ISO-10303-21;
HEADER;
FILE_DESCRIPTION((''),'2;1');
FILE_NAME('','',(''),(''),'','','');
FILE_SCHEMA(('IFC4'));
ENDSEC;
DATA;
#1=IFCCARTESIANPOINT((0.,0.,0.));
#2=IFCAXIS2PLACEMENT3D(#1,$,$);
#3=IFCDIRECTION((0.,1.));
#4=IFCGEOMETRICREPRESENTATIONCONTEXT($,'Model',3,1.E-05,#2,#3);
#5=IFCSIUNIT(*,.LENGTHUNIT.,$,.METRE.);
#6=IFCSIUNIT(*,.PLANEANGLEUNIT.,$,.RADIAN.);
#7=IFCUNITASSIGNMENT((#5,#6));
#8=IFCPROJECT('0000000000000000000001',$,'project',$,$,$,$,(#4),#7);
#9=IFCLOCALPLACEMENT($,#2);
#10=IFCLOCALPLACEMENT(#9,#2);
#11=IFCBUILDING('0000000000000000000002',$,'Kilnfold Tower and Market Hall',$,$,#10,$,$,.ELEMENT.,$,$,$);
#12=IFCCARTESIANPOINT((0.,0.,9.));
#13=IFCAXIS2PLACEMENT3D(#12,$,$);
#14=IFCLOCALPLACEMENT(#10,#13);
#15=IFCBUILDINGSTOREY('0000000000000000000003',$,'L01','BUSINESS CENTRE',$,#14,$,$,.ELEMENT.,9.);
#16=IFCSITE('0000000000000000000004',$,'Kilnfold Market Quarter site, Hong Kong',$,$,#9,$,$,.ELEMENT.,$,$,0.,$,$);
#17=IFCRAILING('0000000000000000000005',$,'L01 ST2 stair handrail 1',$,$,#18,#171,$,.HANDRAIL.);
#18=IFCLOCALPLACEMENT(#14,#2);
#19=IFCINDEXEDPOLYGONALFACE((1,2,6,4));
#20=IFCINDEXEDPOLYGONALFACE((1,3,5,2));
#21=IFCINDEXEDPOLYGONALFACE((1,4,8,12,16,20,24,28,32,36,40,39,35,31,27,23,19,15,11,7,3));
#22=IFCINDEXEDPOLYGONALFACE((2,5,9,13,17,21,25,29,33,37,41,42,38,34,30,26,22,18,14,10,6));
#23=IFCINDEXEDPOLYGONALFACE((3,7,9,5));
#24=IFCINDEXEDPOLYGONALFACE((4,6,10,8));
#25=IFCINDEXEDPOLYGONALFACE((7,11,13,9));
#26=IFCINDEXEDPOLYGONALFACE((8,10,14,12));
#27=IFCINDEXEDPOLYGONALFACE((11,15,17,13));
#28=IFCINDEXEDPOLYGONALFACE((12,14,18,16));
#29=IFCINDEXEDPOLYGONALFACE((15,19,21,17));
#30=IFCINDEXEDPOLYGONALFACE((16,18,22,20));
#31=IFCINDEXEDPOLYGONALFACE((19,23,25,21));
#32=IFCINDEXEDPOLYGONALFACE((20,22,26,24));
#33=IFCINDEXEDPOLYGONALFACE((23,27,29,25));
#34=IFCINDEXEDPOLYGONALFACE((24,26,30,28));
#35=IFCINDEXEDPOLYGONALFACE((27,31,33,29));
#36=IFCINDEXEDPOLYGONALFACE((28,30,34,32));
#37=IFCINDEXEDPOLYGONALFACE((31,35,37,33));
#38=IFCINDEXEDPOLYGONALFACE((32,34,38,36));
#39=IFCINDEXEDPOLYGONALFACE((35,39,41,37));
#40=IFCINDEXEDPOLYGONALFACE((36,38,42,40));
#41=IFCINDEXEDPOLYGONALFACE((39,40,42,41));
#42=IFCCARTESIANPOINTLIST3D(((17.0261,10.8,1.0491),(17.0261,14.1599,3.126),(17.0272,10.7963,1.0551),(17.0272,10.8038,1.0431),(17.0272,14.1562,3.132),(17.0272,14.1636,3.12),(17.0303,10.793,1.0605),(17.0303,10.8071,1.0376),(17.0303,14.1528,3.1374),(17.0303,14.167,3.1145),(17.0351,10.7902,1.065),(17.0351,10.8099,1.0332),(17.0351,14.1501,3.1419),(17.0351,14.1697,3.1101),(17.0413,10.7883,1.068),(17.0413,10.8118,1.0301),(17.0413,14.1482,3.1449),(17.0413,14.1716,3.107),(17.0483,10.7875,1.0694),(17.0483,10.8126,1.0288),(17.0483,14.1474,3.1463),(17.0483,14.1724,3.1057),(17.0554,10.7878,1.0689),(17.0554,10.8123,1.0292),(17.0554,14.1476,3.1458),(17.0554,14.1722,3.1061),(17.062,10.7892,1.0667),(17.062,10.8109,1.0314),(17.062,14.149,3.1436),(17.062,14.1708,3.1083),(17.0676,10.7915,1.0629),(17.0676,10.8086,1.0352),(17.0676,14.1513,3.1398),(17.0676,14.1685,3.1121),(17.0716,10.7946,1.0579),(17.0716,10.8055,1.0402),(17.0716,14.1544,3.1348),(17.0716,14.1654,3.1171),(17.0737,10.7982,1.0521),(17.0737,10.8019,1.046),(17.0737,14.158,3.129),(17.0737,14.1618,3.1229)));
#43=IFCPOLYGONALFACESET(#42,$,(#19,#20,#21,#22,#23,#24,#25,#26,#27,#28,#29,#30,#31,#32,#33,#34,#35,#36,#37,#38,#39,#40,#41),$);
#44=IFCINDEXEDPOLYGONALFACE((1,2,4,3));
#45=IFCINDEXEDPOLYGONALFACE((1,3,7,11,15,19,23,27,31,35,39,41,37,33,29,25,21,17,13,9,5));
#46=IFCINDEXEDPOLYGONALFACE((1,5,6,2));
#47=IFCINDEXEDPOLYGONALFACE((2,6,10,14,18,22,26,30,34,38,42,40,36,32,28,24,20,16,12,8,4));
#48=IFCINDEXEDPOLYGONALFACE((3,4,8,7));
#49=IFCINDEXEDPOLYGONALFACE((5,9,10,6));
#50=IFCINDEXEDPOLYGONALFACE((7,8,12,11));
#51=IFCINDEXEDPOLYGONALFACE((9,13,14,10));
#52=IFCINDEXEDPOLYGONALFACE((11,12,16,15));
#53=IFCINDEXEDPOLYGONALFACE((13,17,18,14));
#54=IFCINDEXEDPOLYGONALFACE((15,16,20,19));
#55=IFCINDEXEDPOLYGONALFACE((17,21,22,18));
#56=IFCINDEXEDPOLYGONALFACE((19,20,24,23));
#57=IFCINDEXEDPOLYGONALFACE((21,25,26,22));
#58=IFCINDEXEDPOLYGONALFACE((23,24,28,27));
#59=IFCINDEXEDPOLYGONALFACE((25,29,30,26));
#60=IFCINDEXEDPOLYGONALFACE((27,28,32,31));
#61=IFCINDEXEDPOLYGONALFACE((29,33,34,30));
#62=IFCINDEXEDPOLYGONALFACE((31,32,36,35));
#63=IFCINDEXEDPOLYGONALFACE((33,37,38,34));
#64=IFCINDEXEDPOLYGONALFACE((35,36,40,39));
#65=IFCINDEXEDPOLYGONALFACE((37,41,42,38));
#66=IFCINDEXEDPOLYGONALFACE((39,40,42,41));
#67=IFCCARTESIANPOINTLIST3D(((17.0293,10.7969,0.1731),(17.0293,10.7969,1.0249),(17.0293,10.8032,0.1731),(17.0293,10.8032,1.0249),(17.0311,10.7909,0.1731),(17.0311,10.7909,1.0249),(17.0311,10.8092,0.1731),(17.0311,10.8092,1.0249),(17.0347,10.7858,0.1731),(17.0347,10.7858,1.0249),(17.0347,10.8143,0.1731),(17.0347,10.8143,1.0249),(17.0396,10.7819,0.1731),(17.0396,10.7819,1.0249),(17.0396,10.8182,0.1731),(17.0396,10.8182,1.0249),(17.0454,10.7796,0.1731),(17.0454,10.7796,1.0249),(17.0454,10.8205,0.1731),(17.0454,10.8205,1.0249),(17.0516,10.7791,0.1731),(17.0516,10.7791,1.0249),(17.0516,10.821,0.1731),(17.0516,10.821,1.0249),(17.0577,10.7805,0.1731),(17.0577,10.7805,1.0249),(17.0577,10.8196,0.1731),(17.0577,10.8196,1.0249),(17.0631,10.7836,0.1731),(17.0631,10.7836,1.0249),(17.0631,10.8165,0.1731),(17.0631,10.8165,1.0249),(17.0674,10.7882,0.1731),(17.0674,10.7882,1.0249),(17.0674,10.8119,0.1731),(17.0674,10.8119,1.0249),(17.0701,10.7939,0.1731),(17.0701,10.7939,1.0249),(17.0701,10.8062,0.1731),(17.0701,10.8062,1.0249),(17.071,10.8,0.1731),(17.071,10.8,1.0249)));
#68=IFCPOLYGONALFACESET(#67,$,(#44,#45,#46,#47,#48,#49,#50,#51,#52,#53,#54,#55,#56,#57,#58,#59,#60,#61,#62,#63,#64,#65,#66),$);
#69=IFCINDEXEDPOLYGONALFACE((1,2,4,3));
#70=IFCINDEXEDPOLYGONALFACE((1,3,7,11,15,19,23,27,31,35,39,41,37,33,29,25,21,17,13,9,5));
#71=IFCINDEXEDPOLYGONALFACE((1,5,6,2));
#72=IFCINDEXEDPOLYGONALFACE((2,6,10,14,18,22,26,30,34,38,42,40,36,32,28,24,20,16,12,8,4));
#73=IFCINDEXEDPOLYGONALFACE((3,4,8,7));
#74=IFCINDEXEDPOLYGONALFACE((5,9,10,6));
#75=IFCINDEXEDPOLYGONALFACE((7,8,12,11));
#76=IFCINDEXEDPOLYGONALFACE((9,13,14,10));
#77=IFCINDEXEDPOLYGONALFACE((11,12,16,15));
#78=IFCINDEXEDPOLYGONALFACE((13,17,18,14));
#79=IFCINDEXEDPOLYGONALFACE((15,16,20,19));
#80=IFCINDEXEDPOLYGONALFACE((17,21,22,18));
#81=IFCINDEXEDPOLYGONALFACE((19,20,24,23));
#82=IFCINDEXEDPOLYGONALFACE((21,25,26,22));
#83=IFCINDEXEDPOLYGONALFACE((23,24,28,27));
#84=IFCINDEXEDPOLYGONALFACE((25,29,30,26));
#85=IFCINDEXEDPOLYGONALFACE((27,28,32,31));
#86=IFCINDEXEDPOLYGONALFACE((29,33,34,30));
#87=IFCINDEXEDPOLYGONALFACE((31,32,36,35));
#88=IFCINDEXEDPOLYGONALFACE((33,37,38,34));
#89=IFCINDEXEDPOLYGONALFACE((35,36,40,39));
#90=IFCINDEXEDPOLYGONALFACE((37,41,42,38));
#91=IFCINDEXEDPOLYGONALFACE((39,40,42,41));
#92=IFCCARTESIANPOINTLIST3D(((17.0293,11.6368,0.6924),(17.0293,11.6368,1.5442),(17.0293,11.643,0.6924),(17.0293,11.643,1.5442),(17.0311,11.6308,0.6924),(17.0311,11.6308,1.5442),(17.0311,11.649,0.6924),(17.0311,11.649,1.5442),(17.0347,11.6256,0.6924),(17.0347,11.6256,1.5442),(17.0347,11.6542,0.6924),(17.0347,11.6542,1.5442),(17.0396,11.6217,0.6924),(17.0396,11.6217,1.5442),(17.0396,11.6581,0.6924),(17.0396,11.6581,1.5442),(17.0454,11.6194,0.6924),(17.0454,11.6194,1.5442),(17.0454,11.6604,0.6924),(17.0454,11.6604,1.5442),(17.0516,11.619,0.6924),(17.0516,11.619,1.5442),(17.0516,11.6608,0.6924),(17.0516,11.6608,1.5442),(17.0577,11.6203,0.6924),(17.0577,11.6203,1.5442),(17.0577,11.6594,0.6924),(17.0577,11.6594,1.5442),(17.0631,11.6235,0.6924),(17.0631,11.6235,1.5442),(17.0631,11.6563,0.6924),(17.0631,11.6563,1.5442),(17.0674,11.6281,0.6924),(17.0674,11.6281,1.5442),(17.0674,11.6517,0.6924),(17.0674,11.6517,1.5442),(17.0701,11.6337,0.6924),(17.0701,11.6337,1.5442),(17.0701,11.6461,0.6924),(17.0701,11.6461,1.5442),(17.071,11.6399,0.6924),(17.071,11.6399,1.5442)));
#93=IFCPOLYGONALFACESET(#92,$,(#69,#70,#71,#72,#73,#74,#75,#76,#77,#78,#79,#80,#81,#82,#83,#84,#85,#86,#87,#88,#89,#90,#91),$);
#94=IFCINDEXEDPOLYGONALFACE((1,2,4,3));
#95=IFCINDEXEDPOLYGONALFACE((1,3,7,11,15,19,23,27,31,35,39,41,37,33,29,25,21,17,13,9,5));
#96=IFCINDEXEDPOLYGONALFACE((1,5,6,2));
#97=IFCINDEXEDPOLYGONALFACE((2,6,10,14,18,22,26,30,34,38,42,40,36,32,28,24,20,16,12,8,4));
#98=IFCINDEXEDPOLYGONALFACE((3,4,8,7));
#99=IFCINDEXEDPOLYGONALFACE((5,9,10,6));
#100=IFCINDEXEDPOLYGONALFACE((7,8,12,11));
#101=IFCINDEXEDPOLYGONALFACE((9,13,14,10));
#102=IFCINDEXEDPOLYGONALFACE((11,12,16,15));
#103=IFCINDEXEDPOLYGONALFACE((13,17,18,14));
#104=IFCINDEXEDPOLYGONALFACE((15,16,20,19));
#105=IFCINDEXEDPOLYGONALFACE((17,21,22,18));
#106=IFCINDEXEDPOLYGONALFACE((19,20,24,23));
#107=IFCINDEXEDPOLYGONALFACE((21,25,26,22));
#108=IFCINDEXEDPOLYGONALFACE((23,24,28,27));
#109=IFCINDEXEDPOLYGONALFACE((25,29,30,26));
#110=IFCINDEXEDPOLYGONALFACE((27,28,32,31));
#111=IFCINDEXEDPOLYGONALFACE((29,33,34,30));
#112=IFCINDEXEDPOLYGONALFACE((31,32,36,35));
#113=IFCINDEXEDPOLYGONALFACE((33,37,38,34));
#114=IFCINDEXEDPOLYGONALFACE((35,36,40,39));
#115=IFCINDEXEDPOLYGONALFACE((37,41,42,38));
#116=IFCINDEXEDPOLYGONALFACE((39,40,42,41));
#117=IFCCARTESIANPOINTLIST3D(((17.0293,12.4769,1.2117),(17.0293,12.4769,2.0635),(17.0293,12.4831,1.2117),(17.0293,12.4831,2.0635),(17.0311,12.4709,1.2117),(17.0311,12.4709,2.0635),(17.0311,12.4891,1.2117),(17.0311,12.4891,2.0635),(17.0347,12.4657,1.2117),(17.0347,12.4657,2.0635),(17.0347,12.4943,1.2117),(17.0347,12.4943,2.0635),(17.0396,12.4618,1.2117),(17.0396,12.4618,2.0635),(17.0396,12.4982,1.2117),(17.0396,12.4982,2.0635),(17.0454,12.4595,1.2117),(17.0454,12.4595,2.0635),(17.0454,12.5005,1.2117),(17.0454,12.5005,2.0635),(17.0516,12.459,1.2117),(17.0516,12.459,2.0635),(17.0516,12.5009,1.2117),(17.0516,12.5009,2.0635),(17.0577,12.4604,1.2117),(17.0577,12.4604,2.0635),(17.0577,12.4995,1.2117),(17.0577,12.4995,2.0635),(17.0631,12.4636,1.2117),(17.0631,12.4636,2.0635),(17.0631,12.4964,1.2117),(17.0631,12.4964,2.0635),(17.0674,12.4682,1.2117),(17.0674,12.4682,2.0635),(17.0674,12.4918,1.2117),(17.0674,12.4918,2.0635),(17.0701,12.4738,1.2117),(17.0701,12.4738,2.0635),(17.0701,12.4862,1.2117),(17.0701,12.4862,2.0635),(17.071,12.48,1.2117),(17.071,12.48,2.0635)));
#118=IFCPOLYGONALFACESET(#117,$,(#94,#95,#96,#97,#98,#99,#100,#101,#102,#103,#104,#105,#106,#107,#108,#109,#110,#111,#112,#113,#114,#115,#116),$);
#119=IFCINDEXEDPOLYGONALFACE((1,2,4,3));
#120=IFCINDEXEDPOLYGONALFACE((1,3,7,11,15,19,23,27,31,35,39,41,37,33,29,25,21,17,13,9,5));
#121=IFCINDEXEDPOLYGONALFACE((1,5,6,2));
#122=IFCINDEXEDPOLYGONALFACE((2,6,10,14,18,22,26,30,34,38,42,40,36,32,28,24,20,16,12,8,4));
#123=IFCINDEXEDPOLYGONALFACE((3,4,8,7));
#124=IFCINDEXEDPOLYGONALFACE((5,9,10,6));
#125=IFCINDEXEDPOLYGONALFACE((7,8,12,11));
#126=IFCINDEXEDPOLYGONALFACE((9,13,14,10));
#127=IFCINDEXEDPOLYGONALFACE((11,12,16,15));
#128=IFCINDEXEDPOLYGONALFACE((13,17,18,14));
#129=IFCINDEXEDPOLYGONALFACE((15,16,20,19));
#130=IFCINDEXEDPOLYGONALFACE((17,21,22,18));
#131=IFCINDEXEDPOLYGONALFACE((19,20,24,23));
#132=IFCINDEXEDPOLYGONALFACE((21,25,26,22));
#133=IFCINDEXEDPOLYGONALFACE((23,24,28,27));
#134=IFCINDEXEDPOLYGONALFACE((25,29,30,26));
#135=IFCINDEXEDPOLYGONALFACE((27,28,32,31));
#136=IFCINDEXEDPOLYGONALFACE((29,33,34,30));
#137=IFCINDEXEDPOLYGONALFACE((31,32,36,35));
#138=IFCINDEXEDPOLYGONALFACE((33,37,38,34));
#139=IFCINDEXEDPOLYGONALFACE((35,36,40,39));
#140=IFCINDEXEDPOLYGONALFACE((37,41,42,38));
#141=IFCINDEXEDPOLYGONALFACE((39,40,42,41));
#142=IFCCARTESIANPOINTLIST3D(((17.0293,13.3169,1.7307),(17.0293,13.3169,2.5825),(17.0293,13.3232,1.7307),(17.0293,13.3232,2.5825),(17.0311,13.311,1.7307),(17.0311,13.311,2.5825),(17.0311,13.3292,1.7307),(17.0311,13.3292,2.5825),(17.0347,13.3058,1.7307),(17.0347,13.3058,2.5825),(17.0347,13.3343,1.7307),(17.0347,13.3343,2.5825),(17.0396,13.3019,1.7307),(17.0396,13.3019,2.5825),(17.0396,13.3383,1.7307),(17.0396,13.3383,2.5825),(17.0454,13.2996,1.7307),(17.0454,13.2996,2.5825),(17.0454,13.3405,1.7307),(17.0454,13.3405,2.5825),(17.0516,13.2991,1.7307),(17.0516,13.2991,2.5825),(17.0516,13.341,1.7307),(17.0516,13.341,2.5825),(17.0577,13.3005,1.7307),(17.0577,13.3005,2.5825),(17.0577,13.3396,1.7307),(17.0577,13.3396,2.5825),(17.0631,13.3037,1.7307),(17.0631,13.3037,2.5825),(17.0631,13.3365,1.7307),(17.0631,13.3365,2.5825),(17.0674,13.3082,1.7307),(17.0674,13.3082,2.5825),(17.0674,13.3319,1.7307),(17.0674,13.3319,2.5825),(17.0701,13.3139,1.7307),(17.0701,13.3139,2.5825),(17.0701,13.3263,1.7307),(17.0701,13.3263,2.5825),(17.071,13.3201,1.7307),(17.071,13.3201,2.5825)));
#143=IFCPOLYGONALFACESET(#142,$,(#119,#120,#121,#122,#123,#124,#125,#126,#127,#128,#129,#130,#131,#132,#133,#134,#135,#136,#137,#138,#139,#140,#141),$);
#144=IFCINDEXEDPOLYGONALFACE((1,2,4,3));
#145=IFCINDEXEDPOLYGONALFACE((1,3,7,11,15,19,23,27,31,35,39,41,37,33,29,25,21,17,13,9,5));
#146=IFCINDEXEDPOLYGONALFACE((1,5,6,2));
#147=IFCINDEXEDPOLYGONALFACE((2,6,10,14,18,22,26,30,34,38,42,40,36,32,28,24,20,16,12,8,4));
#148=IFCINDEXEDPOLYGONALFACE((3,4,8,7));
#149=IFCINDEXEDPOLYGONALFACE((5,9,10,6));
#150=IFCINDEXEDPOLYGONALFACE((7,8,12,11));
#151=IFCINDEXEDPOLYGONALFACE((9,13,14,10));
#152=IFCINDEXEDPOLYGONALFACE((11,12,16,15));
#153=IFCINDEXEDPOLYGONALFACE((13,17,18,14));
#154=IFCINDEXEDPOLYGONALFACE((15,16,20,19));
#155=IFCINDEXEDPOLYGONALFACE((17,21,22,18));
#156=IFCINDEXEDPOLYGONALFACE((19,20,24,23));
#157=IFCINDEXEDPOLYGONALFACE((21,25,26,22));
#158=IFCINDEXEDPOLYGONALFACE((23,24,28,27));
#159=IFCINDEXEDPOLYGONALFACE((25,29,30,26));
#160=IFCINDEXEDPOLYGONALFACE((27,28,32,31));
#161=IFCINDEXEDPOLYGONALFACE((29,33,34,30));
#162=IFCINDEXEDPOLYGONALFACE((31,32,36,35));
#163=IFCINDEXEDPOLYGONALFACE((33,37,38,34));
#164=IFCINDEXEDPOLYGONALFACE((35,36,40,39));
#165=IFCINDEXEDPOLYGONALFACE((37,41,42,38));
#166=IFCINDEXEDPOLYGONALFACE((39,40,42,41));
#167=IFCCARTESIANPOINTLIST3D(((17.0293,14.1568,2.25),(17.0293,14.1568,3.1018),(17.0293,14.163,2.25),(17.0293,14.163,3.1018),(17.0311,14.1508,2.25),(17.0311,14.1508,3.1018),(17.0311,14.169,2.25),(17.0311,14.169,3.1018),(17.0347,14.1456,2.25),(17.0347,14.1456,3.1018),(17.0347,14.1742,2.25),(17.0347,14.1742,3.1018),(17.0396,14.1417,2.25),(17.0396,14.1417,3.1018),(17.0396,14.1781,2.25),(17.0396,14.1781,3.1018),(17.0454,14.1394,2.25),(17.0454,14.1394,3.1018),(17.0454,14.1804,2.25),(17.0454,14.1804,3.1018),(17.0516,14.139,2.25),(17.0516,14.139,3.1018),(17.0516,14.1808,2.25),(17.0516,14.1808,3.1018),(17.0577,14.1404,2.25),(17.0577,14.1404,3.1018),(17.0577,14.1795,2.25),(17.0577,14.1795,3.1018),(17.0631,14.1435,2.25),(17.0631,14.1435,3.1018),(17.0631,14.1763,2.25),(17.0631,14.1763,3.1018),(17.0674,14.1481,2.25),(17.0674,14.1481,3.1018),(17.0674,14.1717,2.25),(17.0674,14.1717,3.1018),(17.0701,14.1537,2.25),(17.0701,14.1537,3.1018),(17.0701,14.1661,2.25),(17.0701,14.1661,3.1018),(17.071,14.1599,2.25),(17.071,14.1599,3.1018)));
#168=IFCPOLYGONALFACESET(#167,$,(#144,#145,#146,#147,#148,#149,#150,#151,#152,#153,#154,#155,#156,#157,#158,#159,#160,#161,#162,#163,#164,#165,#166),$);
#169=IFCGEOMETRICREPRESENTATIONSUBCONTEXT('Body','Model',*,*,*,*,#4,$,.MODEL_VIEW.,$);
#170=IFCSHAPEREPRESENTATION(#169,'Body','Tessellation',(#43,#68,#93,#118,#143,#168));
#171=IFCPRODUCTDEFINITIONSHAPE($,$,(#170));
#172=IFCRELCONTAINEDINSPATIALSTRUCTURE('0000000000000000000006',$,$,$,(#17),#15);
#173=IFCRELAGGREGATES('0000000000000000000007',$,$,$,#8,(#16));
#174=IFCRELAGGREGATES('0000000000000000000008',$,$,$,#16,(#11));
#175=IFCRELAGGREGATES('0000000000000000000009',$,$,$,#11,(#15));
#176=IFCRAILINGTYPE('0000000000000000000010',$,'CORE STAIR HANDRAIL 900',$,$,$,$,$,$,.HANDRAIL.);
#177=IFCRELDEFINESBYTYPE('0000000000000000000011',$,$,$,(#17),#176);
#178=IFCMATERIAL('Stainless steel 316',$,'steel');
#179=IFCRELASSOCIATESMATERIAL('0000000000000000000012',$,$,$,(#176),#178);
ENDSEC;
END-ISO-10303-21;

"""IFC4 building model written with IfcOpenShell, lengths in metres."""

from ifc_helpers import new_model, si_unit, direction, frame, origin, origin_2d, place, context, subcontext, project, spatial, circle, extrude, material, type_object, element, save


model = new_model("IFC4")

# Units and contexts
model_context = context("Model", 3, precision=1e-05, world=origin(), true_north=direction((0.0, 1.0)))
body_context = subcontext(model_context, "Body", "Model", "MODEL_VIEW")
ifc_project = project(units=[si_unit("LENGTHUNIT", "METRE"), si_unit("PLANEANGLEUNIT", "RADIAN")], contexts=[model_context])

# Site, building, storey
site_placement = place(None, origin())
site = spatial("IfcSite", under=ifc_project, at=site_placement, Name="Kilnfold Market Quarter site, Hong Kong", CompositionType="ELEMENT", RefElevation=0.0)
building_placement = place(site_placement, origin())
building = spatial("IfcBuilding", under=site, at=building_placement, Name="Kilnfold Tower and Market Hall", CompositionType="ELEMENT")
storey_placement = place(building_placement, frame((0.0, 0.0, 9.0)))
storey = spatial("IfcBuildingStorey", under=building, at=storey_placement, Name="L01", Description="BUSINESS CENTRE", CompositionType="ELEMENT", Elevation=9.0)

# Railing
ifc_material_1 = material(Name="Stainless steel 316", Category="steel")
railing_type_1 = type_object("IfcRailingType", Name="CORE STAIR HANDRAIL 900", PredefinedType="HANDRAIL", material=ifc_material_1)
railing_1_placement = place(storey_placement, frame((17.05, 10.8, 0.1731)))
element("IfcRailing", 1, at=railing_1_placement, inside=storey, type_object=railing_type_1, Name="L01 ST2 stair handrail 1", PredefinedType="HANDRAIL", context=body_context, shape_type="SweptSolid", body=[
    extrude(circle(Radius=0.0239, at=origin_2d()), frame((0.0, 0.0, 0.876), z_axis=(0.0, 0.850606, 0.525803), x_axis=(-1.0, 0.0, 0.0)), (0.0, 0.0, 1.0), 3.95),
    extrude(circle(Radius=0.021, at=origin_2d()), origin(), (0.0, 0.0, 1.0), 0.8518),
    extrude(circle(Radius=0.021, at=origin_2d()), frame((0.0, 0.8398, 0.5193)), (0.0, 0.0, 1.0), 0.8518),
    extrude(circle(Radius=0.021, at=origin_2d()), frame((0.0, 1.6799, 1.0386)), (0.0, 0.0, 1.0), 0.8518),
    extrude(circle(Radius=0.021, at=origin_2d()), frame((0.0, 2.52, 1.5576)), (0.0, 0.0, 1.0), 0.8518),
    extrude(circle(Radius=0.021, at=origin_2d()), frame((0.0, 3.3599, 2.0769)), (0.0, 0.0, 1.0), 0.8518),
])

save(model, "model.ifc")
